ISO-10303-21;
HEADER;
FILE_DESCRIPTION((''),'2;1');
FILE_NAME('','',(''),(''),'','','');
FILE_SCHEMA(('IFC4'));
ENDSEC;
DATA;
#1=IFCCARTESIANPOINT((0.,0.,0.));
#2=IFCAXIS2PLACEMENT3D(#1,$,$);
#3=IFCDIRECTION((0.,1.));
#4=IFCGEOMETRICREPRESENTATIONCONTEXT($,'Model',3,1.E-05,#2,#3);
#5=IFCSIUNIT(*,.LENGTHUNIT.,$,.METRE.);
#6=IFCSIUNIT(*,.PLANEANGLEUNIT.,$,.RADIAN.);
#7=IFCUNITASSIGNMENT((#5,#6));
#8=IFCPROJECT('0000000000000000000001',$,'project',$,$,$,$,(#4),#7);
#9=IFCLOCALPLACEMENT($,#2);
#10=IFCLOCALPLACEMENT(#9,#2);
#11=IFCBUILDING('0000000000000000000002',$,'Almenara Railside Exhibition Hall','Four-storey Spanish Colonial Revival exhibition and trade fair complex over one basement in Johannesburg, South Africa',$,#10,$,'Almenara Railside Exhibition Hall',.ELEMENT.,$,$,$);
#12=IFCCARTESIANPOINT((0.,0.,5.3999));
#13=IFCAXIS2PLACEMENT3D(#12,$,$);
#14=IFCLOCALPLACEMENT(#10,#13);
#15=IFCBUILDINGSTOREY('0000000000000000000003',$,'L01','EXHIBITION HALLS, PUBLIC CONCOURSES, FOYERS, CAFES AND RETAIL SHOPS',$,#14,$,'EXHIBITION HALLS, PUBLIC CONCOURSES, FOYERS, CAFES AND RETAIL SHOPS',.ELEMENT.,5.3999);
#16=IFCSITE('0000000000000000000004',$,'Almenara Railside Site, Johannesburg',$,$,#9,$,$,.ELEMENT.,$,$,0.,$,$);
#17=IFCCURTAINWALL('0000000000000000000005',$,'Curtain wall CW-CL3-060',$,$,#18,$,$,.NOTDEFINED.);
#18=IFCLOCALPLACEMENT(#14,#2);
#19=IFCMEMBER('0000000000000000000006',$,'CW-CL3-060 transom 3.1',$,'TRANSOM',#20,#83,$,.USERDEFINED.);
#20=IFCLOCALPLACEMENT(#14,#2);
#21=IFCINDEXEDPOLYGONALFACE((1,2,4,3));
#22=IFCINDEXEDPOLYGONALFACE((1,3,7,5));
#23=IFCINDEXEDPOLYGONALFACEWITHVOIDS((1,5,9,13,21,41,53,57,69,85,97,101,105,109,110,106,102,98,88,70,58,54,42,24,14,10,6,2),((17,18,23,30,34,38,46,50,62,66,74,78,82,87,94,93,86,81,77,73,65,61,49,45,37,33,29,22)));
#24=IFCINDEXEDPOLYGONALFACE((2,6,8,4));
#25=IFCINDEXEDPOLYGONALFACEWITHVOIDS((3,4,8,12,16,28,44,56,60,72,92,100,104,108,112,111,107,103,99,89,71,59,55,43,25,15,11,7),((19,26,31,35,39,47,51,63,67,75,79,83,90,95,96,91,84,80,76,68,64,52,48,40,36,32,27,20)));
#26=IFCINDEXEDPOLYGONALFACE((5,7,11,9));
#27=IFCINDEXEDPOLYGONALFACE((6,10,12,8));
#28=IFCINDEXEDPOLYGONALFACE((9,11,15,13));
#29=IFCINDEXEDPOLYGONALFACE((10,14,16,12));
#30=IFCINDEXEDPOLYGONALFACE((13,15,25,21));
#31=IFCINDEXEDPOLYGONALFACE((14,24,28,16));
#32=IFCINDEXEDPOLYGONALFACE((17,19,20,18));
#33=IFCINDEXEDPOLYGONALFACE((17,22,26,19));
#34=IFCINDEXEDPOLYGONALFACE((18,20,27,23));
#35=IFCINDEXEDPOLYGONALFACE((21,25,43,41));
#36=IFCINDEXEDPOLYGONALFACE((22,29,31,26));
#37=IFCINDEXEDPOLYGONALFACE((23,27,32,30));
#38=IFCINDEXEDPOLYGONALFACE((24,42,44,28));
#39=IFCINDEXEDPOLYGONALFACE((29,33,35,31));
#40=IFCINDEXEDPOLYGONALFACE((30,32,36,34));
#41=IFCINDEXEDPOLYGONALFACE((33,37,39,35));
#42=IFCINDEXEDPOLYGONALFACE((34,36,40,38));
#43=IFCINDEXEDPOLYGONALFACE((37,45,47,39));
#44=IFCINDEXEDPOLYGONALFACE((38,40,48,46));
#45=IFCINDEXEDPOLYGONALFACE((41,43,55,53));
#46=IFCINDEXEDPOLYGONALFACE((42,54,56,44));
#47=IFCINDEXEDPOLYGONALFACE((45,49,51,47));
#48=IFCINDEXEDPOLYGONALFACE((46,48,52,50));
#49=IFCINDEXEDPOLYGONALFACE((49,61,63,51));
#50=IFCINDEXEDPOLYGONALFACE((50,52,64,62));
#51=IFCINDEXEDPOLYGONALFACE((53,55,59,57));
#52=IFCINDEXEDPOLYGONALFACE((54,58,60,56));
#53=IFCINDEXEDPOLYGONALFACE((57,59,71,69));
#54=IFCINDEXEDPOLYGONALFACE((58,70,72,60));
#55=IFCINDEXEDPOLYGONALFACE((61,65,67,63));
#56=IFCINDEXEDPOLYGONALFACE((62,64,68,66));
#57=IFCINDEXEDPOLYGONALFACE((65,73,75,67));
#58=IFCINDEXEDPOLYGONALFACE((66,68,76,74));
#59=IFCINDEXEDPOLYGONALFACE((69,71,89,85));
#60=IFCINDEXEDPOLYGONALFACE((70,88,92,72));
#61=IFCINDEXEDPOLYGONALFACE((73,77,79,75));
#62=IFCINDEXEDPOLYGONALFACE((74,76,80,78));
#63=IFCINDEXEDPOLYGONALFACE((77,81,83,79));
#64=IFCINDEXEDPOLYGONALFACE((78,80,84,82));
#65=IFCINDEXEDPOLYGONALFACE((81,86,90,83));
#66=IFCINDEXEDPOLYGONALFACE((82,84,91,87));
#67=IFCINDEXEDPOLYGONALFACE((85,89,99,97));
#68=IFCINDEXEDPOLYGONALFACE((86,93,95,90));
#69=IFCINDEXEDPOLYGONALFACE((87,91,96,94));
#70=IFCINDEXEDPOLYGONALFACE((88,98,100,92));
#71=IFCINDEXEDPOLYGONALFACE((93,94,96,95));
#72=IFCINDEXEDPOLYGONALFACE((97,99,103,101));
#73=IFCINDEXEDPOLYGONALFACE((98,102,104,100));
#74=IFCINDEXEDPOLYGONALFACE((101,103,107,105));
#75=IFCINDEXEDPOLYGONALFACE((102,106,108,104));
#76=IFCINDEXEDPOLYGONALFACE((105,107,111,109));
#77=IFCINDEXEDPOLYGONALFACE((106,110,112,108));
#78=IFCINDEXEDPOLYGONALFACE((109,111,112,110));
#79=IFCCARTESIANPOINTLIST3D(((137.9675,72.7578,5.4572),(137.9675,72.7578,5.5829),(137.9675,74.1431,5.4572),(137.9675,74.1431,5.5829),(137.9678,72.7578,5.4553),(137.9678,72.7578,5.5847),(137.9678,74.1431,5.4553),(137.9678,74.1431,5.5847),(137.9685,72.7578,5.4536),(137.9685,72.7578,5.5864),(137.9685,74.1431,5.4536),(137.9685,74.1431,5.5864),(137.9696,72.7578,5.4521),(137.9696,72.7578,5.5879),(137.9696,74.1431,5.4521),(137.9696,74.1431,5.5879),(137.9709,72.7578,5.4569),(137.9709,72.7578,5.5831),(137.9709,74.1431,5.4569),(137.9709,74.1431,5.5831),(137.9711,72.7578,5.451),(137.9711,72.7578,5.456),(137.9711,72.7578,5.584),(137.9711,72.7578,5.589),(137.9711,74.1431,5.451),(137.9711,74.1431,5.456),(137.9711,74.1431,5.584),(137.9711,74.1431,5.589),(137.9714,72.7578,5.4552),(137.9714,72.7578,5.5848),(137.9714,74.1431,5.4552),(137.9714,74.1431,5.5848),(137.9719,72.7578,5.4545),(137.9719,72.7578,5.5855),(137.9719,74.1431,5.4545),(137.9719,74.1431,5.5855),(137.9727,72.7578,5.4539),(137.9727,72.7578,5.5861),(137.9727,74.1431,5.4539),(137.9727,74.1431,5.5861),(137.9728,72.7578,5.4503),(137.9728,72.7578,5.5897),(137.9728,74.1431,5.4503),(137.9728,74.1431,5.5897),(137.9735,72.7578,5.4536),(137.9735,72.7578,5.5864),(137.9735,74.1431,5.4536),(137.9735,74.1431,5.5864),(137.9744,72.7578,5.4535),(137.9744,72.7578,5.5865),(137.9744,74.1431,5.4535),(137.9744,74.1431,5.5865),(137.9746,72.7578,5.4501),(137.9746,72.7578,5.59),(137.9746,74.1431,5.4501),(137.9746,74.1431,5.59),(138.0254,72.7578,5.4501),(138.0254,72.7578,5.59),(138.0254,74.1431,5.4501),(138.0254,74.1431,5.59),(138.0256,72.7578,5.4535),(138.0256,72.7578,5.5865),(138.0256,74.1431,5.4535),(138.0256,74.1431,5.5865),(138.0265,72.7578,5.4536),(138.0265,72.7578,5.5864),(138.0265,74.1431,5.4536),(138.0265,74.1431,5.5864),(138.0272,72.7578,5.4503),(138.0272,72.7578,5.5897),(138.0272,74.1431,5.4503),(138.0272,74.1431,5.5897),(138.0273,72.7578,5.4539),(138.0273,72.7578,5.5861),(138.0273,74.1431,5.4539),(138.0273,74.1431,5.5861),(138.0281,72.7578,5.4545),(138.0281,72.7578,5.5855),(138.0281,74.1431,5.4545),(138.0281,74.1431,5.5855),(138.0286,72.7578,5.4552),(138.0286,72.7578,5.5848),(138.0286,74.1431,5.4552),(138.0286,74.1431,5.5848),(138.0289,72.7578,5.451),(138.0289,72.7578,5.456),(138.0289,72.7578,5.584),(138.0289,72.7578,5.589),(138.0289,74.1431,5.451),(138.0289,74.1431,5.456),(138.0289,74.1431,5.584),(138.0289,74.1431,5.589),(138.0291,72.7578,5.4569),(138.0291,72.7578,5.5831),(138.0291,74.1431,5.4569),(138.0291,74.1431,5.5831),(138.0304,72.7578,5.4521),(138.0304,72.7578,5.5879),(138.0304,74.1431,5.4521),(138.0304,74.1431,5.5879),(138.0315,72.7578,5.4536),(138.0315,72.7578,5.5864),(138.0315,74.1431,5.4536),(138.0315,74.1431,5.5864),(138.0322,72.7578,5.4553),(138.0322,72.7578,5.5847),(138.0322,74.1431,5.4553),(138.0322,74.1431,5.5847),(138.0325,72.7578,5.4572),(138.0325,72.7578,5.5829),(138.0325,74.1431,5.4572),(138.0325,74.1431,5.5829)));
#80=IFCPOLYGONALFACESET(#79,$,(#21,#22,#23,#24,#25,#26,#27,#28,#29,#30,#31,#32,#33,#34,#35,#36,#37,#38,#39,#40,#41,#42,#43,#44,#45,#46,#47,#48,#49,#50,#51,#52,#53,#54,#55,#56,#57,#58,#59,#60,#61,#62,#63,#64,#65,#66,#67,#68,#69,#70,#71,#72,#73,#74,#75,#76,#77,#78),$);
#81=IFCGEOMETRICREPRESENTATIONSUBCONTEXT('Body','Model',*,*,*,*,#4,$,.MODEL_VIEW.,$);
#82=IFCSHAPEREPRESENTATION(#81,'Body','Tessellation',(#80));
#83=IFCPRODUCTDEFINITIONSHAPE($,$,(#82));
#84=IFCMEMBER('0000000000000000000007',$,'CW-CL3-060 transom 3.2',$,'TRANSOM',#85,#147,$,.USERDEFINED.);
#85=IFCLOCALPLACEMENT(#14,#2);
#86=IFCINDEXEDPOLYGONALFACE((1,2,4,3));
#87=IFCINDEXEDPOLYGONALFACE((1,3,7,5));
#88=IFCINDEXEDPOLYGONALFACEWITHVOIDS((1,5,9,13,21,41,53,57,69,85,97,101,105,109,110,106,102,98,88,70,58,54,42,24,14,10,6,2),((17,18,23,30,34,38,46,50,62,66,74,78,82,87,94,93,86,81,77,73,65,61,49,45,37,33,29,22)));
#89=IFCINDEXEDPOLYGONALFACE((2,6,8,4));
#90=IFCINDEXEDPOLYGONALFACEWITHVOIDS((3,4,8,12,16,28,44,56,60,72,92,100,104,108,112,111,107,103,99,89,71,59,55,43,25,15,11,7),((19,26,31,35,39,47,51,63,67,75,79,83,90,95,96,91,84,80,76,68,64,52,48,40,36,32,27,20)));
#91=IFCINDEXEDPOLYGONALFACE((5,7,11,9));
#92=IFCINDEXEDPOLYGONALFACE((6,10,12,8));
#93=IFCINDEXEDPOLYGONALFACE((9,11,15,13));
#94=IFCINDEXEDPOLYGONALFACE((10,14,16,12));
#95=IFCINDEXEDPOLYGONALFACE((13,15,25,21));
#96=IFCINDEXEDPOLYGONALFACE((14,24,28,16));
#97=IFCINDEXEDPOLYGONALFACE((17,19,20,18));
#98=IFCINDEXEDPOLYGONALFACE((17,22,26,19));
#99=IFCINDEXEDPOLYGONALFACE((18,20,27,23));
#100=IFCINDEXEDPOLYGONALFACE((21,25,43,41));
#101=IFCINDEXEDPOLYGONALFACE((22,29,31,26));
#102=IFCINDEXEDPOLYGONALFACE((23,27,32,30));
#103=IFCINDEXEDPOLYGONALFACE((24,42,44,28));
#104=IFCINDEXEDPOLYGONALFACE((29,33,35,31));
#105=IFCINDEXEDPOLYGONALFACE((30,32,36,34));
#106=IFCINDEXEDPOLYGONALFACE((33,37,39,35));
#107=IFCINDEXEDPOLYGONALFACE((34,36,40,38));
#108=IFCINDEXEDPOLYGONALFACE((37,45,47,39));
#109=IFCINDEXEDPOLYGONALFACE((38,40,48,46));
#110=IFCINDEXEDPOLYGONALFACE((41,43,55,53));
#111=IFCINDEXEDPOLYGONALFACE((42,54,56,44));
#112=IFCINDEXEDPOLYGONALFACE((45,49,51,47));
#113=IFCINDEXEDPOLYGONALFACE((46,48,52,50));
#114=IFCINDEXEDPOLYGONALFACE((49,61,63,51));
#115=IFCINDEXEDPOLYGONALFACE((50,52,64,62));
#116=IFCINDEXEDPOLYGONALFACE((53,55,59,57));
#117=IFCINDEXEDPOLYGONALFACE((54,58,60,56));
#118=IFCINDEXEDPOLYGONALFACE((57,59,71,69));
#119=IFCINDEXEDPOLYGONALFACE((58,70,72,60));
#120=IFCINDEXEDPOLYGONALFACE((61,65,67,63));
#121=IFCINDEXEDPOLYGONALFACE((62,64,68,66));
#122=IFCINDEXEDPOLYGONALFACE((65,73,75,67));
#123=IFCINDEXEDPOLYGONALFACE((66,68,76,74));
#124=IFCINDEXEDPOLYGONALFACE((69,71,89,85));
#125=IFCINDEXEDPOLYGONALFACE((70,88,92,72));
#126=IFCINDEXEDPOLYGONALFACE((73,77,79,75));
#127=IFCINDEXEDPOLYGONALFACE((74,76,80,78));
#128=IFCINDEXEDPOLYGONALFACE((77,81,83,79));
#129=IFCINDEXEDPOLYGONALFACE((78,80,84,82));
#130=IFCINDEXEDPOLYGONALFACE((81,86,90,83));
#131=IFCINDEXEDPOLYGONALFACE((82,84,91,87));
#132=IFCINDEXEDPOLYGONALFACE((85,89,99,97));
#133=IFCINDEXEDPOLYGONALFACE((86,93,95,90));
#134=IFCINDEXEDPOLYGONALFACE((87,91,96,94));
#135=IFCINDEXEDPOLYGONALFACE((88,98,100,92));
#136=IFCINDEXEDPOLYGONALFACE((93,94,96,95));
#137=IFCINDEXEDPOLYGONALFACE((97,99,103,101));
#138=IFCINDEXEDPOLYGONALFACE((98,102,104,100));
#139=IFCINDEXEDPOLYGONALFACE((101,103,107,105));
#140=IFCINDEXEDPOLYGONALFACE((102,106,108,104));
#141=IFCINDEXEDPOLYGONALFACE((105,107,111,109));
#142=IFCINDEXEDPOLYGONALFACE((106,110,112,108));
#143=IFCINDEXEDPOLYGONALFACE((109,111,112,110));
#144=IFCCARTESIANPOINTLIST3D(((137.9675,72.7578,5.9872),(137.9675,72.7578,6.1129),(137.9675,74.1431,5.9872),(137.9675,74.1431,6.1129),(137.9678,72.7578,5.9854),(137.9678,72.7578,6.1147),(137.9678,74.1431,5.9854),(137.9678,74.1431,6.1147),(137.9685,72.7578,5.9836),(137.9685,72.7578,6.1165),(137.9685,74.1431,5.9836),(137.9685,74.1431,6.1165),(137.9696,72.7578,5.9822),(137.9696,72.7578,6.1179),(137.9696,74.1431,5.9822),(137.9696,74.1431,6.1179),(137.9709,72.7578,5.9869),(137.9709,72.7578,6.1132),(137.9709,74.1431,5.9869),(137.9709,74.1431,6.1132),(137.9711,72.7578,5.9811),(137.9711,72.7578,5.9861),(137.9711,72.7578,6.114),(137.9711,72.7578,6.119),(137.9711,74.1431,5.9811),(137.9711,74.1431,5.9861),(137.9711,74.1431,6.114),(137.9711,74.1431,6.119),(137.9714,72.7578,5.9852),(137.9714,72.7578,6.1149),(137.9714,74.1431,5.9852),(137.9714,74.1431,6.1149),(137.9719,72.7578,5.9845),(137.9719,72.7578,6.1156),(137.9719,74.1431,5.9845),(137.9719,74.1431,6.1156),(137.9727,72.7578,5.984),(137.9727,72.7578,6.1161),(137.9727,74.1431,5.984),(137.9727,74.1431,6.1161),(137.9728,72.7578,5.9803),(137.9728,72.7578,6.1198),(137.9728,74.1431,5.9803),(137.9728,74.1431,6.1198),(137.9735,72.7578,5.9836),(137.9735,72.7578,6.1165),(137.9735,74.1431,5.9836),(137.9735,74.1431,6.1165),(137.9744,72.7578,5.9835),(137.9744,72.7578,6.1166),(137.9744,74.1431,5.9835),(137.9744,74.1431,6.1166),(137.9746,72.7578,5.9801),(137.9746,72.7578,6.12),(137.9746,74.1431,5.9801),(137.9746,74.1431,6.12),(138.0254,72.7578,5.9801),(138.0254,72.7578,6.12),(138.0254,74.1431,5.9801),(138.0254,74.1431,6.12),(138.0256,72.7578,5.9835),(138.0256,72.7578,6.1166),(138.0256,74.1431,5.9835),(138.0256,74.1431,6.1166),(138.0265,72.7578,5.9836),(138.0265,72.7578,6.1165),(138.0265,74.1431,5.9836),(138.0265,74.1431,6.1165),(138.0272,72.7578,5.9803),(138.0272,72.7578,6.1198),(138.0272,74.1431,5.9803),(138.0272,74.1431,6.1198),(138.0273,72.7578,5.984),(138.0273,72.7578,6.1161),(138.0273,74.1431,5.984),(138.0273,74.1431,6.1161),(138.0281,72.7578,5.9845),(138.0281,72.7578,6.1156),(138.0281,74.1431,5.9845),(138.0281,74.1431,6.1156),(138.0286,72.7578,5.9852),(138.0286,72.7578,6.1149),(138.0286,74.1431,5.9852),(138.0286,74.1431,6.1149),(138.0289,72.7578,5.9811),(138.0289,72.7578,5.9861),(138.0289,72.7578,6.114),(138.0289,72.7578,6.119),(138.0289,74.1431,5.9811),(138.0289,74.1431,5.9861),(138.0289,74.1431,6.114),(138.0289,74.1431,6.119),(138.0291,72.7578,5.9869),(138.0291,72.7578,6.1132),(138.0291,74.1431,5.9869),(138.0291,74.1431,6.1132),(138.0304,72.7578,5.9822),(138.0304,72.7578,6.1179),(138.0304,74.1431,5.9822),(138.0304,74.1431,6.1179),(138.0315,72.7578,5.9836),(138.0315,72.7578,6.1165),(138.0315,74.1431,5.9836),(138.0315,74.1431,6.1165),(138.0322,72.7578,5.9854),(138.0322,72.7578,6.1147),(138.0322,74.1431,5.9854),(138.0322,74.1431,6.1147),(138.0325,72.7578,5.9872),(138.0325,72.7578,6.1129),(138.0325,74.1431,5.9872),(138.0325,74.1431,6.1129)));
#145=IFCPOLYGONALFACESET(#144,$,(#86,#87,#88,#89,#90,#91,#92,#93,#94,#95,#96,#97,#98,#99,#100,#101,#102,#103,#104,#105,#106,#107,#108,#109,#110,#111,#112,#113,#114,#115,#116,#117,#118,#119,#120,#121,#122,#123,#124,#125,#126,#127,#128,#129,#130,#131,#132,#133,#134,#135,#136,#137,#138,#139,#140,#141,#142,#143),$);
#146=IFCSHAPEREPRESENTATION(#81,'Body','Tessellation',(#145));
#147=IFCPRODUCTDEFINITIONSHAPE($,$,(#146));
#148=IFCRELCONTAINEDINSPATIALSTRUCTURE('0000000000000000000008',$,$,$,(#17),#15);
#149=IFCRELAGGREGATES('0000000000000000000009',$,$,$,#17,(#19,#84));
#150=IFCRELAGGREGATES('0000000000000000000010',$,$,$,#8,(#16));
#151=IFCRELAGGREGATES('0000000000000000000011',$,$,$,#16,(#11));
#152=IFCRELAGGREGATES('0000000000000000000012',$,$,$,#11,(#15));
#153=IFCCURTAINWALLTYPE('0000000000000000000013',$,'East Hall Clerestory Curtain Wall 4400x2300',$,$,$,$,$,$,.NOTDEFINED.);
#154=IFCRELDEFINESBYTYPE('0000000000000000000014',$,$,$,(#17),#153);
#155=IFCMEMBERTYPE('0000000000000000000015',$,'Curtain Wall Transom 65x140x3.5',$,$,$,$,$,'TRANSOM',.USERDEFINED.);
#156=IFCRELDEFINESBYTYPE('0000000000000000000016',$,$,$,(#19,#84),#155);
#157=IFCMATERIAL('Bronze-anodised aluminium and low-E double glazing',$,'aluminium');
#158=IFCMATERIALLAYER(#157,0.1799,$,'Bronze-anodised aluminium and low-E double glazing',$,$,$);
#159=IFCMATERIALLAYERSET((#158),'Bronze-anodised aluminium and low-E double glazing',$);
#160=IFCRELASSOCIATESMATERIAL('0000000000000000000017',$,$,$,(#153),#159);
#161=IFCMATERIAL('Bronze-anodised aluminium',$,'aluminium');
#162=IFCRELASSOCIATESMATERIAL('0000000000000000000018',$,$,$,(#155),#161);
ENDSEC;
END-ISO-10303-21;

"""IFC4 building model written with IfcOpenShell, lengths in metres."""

from ifc_helpers import new_model, si_unit, direction, frame, origin, origin_2d, place, context, subcontext, project, spatial, hollow_rectangle, extrude, material, layer, layer_set, material_profile, profile_set, type_object, element, aggregate, save


model = new_model("IFC4")

# Units and contexts
model_context = context("Model", 3, precision=1e-05, world=origin(), true_north=direction((0.0, 1.0)))
body_context = subcontext(model_context, "Body", "Model", "MODEL_VIEW")
ifc_project = project(units=[si_unit("LENGTHUNIT", "METRE"), si_unit("PLANEANGLEUNIT", "RADIAN")], contexts=[model_context])

# Site, building, storey
site_placement = place(None, origin())
site = spatial("IfcSite", under=ifc_project, at=site_placement, Name="Almenara Railside Site, Johannesburg", CompositionType="ELEMENT", RefElevation=0.0)
building_placement = place(site_placement, origin())
building = spatial("IfcBuilding", under=site, at=building_placement, Name="Almenara Railside Exhibition Hall", Description="Four-storey Spanish Colonial Revival exhibition and trade fair complex over one basement in Johannesburg, South Africa", LongName="Almenara Railside Exhibition Hall", CompositionType="ELEMENT")
storey_placement = place(building_placement, frame((0.0, 0.0, 5.3999)))
storey = spatial("IfcBuildingStorey", under=building, at=storey_placement, Name="L01", Description="EXHIBITION HALLS, PUBLIC CONCOURSES, FOYERS, CAFES AND RETAIL SHOPS", LongName="EXHIBITION HALLS, PUBLIC CONCOURSES, FOYERS, CAFES AND RETAIL SHOPS", CompositionType="ELEMENT", Elevation=5.3999)

# Curtain wall
ifc_material_1 = material(Name="Bronze-anodised aluminium and low-E double glazing", Category="aluminium")
ifc_layer_1 = layer(ifc_material_1, 0.1799, Name="Bronze-anodised aluminium and low-E double glazing")
ifc_layer_set_1 = layer_set([ifc_layer_1], Name="Bronze-anodised aluminium and low-E double glazing")
curtain_wall_type_1 = type_object("IfcCurtainWallType", Name="East Hall Clerestory Curtain Wall 4400x2300", PredefinedType="NOTDEFINED", material=ifc_layer_set_1)
curtain_wall_1_placement = place(storey_placement, origin())
curtain_wall_1 = element("IfcCurtainWall", 1, at=curtain_wall_1_placement, inside=storey, type_object=curtain_wall_type_1, Name="Curtain wall CW-CL3-060", PredefinedType="NOTDEFINED")
ifc_material_2 = material(Name="Bronze-anodised aluminium", Category="aluminium")

# Members
ifc_material_profile_1 = material_profile(ifc_material_2, hollow_rectangle(XDim=0.0649, YDim=0.1399, WallThickness=0.0034, InnerFilletRadius=0.0034, OuterFilletRadius=0.0071, at=origin_2d()), Name="ALU-TRN 65x140x3.5")
ifc_profile_set_1 = profile_set([ifc_material_profile_1], Name="Bronze-anodised aluminium")
member_type_1 = type_object("IfcMemberType", Name="Curtain Wall Transom 65x140x3.5", ElementType="TRANSOM", PredefinedType="USERDEFINED", material=ifc_profile_set_1)
member_1_placement = place(storey_placement, frame((138.0, 72.7578, 5.52), z_axis=(0.0, 1.0, 0.0), x_axis=(-1.0, 0.0, 0.0)))
member_1 = element("IfcMember", 2, at=member_1_placement, type_object=member_type_1, Name="CW-CL3-060 transom 3.1", ObjectType="TRANSOM", PredefinedType="USERDEFINED", context=body_context, shape_type="SweptSolid", body=[
    extrude(hollow_rectangle(XDim=0.0649, YDim=0.1399, WallThickness=0.0034, InnerFilletRadius=0.0034, OuterFilletRadius=0.0071, at=origin_2d()), origin(), (0.0, 0.0, 1.0), 1.3853),
])
member_2_placement = place(storey_placement, frame((138.0, 72.7578, 6.05), z_axis=(0.0, 1.0, 0.0), x_axis=(-1.0, 0.0, 0.0)))
member_2 = element("IfcMember", 3, at=member_2_placement, type_object=member_type_1, Name="CW-CL3-060 transom 3.2", ObjectType="TRANSOM", PredefinedType="USERDEFINED", context=body_context, shape_type="SweptSolid", body=[
    extrude(hollow_rectangle(XDim=0.0649, YDim=0.1399, WallThickness=0.0034, InnerFilletRadius=0.0034, OuterFilletRadius=0.0071, at=origin_2d()), origin(), (0.0, 0.0, 1.0), 1.3853),
])

aggregate(curtain_wall_1, [member_1, member_2])

save(model, "model.ifc")
